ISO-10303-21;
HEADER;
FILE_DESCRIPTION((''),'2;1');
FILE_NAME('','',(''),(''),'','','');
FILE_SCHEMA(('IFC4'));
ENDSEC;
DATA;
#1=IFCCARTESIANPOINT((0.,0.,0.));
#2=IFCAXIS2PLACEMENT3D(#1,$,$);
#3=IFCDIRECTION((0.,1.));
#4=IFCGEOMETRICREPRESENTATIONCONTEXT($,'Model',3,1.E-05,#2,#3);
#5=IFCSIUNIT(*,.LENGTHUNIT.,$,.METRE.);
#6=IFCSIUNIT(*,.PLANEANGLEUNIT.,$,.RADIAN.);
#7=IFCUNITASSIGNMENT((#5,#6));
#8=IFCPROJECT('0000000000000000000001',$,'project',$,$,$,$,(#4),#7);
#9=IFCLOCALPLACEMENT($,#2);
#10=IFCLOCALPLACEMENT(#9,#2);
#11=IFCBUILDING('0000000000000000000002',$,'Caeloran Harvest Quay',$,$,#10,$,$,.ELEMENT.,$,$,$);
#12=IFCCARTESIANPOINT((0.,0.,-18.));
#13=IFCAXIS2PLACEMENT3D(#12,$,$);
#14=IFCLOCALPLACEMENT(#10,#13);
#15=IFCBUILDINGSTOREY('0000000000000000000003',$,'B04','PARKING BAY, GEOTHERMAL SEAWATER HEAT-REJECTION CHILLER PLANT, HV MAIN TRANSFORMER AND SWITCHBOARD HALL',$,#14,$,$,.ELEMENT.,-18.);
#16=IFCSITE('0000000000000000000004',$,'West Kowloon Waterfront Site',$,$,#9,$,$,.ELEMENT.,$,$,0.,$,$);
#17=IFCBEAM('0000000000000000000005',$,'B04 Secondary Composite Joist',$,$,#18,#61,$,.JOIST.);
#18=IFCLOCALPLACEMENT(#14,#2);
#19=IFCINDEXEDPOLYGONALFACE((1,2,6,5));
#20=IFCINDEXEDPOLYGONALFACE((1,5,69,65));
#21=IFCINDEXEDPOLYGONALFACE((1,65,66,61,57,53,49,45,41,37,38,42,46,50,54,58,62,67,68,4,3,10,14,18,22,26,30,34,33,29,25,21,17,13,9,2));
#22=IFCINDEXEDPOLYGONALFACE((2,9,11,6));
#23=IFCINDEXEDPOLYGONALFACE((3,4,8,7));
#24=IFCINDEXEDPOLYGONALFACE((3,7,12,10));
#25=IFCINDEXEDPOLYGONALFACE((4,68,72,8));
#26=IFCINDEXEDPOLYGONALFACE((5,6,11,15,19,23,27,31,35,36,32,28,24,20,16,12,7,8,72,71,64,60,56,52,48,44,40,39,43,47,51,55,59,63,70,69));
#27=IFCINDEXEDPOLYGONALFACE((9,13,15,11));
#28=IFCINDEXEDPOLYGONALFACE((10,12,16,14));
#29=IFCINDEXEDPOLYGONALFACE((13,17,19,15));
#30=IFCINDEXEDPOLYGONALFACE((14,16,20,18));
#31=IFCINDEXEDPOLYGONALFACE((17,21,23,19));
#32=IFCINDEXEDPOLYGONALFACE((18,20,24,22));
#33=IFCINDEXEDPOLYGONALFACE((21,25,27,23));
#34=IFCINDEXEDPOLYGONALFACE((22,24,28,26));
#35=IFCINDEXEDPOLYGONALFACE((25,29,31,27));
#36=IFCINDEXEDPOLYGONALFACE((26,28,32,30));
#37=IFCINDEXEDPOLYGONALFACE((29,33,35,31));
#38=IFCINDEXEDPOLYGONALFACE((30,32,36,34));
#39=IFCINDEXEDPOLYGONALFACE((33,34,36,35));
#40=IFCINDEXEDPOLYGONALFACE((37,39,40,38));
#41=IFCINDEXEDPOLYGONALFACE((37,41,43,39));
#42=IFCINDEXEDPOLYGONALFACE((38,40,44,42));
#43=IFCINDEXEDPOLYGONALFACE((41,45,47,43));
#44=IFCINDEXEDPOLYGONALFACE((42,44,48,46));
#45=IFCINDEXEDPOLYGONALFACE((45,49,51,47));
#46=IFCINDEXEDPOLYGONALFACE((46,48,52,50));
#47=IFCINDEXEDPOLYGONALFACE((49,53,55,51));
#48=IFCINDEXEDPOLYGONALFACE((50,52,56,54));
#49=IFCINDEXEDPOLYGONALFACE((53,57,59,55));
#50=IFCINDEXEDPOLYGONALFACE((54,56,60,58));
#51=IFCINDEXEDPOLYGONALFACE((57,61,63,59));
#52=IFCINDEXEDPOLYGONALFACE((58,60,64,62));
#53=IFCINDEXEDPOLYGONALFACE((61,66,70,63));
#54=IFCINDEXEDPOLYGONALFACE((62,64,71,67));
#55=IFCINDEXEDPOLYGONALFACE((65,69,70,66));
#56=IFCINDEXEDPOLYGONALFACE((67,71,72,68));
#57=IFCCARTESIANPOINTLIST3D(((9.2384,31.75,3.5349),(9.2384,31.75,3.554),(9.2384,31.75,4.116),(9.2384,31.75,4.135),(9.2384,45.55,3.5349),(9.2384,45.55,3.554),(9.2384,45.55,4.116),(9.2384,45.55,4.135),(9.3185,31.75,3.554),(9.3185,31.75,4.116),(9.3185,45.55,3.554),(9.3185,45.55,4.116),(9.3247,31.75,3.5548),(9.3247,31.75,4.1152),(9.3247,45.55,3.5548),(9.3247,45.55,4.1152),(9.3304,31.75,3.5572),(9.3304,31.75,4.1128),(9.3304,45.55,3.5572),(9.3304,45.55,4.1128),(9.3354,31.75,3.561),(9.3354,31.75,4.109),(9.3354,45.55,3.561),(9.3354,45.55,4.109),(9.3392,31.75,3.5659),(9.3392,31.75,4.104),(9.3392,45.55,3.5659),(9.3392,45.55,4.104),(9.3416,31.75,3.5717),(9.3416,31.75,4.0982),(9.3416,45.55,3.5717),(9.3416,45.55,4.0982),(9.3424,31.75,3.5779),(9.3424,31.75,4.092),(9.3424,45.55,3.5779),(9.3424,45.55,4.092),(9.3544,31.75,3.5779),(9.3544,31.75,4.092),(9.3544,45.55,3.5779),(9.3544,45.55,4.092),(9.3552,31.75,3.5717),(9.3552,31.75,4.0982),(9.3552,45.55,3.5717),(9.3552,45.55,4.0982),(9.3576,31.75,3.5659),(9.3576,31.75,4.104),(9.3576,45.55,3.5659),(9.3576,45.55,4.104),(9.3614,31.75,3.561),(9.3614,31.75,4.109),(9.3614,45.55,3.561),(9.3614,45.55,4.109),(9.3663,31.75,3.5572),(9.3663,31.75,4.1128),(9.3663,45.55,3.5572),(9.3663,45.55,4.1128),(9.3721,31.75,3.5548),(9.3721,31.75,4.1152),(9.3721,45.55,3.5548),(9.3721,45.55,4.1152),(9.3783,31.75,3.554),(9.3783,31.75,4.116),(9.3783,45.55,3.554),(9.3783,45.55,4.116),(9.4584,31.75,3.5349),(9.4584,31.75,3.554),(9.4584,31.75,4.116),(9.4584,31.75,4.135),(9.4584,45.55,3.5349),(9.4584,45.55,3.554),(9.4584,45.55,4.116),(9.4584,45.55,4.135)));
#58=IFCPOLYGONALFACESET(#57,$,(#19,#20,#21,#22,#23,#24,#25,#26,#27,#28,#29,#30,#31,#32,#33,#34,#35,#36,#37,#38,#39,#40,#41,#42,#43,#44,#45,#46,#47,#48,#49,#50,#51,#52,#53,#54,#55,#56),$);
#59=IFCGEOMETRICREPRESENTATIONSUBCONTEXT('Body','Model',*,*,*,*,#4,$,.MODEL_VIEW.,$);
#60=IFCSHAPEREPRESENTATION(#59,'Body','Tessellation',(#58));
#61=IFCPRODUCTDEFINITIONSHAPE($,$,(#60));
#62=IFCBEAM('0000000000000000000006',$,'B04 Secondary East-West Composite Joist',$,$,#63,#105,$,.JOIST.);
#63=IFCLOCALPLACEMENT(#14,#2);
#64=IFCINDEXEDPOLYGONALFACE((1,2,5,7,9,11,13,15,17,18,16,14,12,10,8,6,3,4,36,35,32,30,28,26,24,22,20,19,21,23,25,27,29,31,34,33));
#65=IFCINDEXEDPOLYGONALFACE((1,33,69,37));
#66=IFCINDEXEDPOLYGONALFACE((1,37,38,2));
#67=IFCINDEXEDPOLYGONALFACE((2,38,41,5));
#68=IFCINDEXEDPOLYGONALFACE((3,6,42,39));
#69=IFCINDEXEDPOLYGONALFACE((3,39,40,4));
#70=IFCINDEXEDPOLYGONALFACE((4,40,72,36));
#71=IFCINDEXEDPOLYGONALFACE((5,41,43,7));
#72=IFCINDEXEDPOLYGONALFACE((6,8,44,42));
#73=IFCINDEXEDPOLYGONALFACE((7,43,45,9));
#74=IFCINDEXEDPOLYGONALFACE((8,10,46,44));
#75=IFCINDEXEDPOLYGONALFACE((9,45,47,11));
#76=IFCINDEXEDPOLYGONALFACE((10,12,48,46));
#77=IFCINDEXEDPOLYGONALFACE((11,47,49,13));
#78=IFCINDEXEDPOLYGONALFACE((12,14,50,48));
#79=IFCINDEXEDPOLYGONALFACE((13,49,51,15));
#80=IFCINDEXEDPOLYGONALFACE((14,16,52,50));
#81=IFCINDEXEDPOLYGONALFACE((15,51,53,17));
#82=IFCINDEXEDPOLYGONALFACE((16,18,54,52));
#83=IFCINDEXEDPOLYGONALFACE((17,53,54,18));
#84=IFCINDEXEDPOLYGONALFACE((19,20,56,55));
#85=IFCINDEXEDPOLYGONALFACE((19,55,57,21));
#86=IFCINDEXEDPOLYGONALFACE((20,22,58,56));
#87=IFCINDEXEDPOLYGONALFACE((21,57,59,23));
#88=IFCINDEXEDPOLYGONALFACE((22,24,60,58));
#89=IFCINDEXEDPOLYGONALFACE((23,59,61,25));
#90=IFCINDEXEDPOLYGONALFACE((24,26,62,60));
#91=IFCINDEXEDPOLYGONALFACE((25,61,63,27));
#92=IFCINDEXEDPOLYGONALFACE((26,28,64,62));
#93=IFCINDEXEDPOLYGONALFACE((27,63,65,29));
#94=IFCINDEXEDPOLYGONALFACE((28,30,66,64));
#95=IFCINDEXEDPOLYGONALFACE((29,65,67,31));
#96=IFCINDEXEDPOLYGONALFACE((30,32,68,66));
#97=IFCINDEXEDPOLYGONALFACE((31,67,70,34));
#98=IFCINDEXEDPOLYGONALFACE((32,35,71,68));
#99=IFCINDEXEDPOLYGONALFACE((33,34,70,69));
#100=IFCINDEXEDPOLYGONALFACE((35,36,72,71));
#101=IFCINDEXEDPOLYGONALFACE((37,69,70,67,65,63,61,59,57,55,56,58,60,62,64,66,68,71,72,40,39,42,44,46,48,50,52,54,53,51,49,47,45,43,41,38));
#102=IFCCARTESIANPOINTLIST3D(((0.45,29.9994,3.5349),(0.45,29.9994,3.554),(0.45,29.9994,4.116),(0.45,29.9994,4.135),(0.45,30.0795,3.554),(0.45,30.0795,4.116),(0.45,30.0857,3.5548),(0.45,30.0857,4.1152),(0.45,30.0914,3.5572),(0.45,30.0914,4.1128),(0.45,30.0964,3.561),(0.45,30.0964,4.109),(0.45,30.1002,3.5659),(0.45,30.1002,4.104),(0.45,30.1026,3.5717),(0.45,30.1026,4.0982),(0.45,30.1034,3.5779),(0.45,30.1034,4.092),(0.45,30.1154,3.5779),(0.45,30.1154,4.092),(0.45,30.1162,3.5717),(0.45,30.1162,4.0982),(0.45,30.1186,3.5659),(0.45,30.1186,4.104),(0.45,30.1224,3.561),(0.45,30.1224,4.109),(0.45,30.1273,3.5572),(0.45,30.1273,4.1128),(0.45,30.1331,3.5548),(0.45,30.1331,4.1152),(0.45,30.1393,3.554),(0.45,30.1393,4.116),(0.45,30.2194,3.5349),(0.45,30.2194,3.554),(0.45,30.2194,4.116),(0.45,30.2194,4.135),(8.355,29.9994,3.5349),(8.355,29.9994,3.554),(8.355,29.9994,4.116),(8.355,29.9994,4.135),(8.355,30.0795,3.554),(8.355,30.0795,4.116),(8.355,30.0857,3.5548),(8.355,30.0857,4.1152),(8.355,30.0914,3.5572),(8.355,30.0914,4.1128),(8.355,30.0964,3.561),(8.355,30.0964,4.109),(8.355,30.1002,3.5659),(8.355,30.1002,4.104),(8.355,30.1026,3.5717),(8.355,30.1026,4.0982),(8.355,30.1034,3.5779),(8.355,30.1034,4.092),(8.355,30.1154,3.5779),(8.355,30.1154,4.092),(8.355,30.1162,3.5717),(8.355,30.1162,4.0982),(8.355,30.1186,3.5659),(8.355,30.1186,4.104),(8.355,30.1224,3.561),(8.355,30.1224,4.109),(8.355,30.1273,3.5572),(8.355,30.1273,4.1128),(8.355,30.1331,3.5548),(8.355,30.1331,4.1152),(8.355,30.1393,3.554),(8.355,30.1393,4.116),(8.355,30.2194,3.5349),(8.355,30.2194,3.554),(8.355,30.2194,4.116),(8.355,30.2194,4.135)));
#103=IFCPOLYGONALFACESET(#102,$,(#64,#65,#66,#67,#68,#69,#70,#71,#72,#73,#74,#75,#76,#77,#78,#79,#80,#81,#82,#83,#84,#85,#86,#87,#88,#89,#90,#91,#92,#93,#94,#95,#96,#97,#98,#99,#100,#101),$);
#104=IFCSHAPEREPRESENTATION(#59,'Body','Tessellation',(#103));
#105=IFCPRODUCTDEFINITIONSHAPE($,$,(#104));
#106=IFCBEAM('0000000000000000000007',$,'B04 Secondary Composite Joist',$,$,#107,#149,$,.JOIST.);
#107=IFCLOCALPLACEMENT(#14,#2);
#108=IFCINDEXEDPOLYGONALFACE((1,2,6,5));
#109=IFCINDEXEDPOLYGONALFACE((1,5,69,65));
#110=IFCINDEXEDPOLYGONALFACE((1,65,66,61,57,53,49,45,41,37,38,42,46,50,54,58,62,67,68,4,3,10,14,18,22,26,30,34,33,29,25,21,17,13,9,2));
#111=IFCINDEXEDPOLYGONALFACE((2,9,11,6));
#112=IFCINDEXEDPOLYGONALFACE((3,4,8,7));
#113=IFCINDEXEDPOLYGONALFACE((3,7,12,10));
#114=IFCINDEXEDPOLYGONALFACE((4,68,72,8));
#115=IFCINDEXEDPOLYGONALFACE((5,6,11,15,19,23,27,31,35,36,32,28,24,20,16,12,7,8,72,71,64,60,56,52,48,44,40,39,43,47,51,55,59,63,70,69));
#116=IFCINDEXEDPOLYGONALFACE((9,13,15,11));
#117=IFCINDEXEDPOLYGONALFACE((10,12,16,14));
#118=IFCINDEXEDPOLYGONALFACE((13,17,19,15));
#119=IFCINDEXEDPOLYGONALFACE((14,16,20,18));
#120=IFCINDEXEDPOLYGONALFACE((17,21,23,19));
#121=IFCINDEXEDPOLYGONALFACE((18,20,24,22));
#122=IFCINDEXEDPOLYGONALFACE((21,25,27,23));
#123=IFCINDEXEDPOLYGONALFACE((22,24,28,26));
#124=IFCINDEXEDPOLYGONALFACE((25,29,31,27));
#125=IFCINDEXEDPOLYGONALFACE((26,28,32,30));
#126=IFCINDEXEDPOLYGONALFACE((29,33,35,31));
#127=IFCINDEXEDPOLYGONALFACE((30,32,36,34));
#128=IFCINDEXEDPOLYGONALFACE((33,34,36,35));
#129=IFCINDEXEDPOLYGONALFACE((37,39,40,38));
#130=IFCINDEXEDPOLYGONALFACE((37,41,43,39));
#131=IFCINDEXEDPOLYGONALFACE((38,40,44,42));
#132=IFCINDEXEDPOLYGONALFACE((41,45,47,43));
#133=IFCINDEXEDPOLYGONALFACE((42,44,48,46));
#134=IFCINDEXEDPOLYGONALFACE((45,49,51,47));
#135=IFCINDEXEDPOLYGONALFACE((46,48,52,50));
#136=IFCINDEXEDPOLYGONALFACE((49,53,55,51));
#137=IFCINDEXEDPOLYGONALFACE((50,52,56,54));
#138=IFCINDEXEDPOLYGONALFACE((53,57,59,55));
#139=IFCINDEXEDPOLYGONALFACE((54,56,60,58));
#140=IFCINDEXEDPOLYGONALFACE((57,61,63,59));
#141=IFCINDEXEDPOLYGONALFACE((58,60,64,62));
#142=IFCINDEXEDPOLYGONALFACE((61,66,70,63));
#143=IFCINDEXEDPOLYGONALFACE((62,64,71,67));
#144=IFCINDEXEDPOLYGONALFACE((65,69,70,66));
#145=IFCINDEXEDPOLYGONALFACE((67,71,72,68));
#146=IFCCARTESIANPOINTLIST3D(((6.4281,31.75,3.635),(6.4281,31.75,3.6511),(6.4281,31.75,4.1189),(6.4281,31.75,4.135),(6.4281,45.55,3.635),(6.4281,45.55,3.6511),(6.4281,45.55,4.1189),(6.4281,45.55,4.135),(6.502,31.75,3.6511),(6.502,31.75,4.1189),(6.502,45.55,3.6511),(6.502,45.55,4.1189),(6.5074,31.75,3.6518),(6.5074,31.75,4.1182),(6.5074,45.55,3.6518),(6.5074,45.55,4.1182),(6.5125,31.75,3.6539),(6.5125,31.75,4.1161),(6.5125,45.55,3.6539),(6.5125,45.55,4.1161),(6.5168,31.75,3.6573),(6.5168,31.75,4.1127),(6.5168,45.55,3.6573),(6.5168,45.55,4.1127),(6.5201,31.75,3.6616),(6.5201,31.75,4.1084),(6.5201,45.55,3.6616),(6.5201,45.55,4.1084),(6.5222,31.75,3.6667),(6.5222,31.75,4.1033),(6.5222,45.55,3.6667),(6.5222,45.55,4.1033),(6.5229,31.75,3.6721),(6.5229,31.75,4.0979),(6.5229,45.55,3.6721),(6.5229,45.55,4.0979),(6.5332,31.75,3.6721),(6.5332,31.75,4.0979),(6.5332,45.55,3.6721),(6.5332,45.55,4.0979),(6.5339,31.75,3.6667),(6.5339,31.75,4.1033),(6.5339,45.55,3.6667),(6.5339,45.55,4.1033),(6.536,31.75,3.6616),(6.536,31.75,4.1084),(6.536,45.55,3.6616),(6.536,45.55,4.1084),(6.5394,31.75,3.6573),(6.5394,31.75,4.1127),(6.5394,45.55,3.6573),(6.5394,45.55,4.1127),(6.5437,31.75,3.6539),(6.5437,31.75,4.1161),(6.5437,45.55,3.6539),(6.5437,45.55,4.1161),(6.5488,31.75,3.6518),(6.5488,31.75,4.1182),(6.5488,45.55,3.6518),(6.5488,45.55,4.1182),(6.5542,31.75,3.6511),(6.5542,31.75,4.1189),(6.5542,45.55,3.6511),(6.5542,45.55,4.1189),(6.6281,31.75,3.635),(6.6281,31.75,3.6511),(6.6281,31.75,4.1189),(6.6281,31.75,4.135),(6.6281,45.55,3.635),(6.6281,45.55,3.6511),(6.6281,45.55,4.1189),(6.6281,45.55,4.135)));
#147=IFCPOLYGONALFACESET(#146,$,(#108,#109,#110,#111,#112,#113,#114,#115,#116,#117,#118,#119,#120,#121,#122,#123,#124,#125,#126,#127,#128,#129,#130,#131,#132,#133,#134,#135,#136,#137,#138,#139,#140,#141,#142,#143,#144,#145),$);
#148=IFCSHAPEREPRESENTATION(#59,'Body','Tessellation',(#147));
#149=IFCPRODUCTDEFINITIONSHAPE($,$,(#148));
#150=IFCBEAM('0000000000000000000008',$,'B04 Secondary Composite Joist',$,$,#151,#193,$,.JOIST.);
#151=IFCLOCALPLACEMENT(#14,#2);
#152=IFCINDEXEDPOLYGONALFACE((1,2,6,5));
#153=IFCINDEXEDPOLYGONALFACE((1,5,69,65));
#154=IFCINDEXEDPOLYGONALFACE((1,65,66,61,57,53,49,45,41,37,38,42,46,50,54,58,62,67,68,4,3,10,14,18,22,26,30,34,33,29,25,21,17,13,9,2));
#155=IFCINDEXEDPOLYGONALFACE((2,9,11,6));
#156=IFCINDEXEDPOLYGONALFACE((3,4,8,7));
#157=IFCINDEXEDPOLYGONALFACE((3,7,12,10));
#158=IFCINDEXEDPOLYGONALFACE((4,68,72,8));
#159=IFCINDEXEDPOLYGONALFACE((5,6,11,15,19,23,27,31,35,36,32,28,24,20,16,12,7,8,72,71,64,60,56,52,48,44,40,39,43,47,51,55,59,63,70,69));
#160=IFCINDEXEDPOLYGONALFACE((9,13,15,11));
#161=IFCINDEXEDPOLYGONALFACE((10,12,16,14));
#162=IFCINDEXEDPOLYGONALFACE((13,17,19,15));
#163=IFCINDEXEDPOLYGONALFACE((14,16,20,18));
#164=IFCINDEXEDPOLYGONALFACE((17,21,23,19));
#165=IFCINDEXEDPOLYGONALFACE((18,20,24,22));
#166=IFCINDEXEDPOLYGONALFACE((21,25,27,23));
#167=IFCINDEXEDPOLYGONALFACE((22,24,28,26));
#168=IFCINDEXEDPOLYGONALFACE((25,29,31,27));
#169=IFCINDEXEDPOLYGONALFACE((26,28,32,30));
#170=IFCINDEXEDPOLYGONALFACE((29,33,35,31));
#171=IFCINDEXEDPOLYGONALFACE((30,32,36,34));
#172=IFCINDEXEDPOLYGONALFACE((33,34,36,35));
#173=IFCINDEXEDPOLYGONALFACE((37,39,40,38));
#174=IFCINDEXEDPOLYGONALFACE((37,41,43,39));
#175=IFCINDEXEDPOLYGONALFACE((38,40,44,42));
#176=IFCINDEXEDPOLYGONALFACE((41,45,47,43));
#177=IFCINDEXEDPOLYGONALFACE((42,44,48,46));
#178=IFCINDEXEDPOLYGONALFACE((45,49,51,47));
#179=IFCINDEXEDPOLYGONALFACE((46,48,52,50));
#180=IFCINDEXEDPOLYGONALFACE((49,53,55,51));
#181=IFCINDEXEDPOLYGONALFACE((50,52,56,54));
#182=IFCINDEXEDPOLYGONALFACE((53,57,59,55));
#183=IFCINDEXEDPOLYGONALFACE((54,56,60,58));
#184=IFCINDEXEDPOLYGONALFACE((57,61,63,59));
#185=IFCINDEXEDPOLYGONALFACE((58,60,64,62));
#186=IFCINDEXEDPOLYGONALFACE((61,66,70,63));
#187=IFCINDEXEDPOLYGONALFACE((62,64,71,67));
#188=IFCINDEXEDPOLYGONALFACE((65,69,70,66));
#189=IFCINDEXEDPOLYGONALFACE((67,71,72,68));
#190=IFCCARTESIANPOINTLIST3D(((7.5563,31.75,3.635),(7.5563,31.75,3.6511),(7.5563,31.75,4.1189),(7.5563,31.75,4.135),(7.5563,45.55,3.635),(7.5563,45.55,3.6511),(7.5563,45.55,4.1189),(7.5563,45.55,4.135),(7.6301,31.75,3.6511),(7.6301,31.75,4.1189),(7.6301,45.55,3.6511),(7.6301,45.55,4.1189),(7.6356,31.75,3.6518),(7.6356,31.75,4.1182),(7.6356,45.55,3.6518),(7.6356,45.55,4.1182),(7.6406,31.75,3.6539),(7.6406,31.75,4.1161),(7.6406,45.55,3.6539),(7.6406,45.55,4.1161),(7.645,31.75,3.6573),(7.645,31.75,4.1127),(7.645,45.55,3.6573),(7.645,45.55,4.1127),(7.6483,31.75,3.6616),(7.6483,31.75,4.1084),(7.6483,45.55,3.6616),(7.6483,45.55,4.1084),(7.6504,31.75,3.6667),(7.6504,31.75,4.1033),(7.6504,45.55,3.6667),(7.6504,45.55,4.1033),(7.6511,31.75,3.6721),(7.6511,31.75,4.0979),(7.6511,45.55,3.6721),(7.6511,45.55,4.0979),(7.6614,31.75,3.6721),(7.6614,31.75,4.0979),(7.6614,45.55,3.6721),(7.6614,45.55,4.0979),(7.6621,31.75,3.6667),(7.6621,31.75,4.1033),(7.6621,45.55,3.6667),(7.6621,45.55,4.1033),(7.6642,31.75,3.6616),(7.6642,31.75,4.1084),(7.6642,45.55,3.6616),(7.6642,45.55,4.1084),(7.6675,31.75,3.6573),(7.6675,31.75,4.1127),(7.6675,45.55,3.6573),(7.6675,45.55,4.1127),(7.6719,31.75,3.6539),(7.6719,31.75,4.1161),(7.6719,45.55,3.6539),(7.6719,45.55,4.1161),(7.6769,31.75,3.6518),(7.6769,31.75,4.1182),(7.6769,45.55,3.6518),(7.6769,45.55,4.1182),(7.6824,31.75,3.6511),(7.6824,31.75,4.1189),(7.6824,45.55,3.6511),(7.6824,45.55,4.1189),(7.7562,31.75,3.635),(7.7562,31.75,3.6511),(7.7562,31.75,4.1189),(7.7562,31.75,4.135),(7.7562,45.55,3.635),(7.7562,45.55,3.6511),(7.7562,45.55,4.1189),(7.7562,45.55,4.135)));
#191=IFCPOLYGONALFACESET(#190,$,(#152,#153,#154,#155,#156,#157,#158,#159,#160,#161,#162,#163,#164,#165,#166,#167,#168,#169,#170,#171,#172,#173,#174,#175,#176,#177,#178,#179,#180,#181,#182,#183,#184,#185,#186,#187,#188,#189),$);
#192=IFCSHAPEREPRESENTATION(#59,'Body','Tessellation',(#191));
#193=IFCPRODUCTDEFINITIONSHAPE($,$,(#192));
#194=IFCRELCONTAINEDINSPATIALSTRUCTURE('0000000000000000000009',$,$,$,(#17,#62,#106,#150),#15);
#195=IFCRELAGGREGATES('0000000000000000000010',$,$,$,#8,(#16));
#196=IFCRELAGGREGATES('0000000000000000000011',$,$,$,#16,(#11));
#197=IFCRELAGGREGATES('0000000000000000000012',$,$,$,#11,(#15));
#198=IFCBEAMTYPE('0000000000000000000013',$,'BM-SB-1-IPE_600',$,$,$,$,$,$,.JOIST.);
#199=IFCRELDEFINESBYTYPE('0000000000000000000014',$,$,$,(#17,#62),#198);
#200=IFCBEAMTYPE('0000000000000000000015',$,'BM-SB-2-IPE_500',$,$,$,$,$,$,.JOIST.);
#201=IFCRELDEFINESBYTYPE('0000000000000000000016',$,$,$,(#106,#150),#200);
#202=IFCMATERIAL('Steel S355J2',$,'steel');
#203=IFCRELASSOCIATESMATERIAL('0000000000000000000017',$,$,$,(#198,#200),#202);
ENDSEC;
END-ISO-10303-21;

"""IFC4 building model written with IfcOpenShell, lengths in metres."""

from ifc_helpers import new_model, si_unit, direction, frame, origin, origin_2d, place, context, subcontext, project, spatial, i_section, extrude, material, material_profile, profile_set, type_object, element, save


model = new_model("IFC4")

# Units and contexts
model_context = context("Model", 3, precision=1e-05, world=origin(), true_north=direction((0.0, 1.0)))
body_context = subcontext(model_context, "Body", "Model", "MODEL_VIEW")
ifc_project = project(units=[si_unit("LENGTHUNIT", "METRE"), si_unit("PLANEANGLEUNIT", "RADIAN")], contexts=[model_context])

# Site, building, storey
site_placement = place(None, origin())
site = spatial("IfcSite", under=ifc_project, at=site_placement, Name="West Kowloon Waterfront Site", CompositionType="ELEMENT", RefElevation=0.0)
building_placement = place(site_placement, origin())
building = spatial("IfcBuilding", under=site, at=building_placement, Name="Caeloran Harvest Quay", CompositionType="ELEMENT")
storey_placement = place(building_placement, frame((0.0, 0.0, -18.0)))
storey = spatial("IfcBuildingStorey", under=building, at=storey_placement, Name="B04", Description="PARKING BAY, GEOTHERMAL SEAWATER HEAT-REJECTION CHILLER PLANT, HV MAIN TRANSFORMER AND SWITCHBOARD HALL", CompositionType="ELEMENT", Elevation=-18.0)

# Beams
ifc_material_1 = material(Name="Steel S355J2", Category="steel")
ifc_material_profile_1 = material_profile(ifc_material_1, i_section(OverallWidth=0.22, OverallDepth=0.6001, WebThickness=0.012, FlangeThickness=0.019, FilletRadius=0.0239, at=origin_2d()), Name="IPE 600")
ifc_profile_set_1 = profile_set([ifc_material_profile_1], Name="Steel S355J2")
beam_type_1 = type_object("IfcBeamType", Name="BM-SB-1-IPE_600", PredefinedType="JOIST", material=ifc_profile_set_1)
for number, where, z_axis, x_axis, name in (
    (1, (9.3484, 31.75, 3.835), (0.0, 1.0, 0.0), (-1.0, 0.0, 0.0), "B04 Secondary Composite Joist"),
):
    element("IfcBeam", number, at=place(storey_placement, frame(where, z_axis=z_axis, x_axis=x_axis)), inside=storey, type_object=beam_type_1, Name=name, PredefinedType="JOIST", context=body_context, shape_type="SweptSolid", body=[
        extrude(i_section(OverallWidth=0.22, OverallDepth=0.6001, WebThickness=0.012, FlangeThickness=0.019, FilletRadius=0.0239, at=origin_2d()), origin(), (0.0, 0.0, 1.0), 13.8),
    ])
beam_placement = place(storey_placement, frame((0.45, 30.1094, 3.835), z_axis=(1.0, 0.0, 0.0), x_axis=(0.0, 1.0, 0.0)))
element("IfcBeam", 2, at=beam_placement, inside=storey, type_object=beam_type_1, Name="B04 Secondary East-West Composite Joist", PredefinedType="JOIST", context=body_context, shape_type="SweptSolid", body=[
    extrude(i_section(OverallWidth=0.22, OverallDepth=0.6001, WebThickness=0.012, FlangeThickness=0.019, FilletRadius=0.0239, at=origin_2d()), origin(), (0.0, 0.0, 1.0), 7.905),
])
ifc_material_profile_2 = material_profile(ifc_material_1, i_section(OverallWidth=0.2, OverallDepth=0.5, WebThickness=0.0103, FlangeThickness=0.0161, FilletRadius=0.021, at=origin_2d()), Name="IPE 500")
ifc_profile_set_2 = profile_set([ifc_material_profile_2], Name="Steel S355J2")
beam_type_2 = type_object("IfcBeamType", Name="BM-SB-2-IPE_500", PredefinedType="JOIST", material=ifc_profile_set_2)
for number, where, z_axis, x_axis, name in (
    (3, (6.5281, 31.75, 3.885), (0.0, 1.0, 0.0), (-1.0, 0.0, 0.0), "B04 Secondary Composite Joist"),
    (4, (7.6562, 31.75, 3.885), (0.0, 1.0, 0.0), (-1.0, 0.0, 0.0), "B04 Secondary Composite Joist"),
):
    element("IfcBeam", number, at=place(storey_placement, frame(where, z_axis=z_axis, x_axis=x_axis)), inside=storey, type_object=beam_type_2, Name=name, PredefinedType="JOIST", context=body_context, shape_type="SweptSolid", body=[
        extrude(i_section(OverallWidth=0.2, OverallDepth=0.5, WebThickness=0.0103, FlangeThickness=0.0161, FilletRadius=0.021, at=origin_2d()), origin(), (0.0, 0.0, 1.0), 13.8),
    ])

save(model, "model.ifc")
